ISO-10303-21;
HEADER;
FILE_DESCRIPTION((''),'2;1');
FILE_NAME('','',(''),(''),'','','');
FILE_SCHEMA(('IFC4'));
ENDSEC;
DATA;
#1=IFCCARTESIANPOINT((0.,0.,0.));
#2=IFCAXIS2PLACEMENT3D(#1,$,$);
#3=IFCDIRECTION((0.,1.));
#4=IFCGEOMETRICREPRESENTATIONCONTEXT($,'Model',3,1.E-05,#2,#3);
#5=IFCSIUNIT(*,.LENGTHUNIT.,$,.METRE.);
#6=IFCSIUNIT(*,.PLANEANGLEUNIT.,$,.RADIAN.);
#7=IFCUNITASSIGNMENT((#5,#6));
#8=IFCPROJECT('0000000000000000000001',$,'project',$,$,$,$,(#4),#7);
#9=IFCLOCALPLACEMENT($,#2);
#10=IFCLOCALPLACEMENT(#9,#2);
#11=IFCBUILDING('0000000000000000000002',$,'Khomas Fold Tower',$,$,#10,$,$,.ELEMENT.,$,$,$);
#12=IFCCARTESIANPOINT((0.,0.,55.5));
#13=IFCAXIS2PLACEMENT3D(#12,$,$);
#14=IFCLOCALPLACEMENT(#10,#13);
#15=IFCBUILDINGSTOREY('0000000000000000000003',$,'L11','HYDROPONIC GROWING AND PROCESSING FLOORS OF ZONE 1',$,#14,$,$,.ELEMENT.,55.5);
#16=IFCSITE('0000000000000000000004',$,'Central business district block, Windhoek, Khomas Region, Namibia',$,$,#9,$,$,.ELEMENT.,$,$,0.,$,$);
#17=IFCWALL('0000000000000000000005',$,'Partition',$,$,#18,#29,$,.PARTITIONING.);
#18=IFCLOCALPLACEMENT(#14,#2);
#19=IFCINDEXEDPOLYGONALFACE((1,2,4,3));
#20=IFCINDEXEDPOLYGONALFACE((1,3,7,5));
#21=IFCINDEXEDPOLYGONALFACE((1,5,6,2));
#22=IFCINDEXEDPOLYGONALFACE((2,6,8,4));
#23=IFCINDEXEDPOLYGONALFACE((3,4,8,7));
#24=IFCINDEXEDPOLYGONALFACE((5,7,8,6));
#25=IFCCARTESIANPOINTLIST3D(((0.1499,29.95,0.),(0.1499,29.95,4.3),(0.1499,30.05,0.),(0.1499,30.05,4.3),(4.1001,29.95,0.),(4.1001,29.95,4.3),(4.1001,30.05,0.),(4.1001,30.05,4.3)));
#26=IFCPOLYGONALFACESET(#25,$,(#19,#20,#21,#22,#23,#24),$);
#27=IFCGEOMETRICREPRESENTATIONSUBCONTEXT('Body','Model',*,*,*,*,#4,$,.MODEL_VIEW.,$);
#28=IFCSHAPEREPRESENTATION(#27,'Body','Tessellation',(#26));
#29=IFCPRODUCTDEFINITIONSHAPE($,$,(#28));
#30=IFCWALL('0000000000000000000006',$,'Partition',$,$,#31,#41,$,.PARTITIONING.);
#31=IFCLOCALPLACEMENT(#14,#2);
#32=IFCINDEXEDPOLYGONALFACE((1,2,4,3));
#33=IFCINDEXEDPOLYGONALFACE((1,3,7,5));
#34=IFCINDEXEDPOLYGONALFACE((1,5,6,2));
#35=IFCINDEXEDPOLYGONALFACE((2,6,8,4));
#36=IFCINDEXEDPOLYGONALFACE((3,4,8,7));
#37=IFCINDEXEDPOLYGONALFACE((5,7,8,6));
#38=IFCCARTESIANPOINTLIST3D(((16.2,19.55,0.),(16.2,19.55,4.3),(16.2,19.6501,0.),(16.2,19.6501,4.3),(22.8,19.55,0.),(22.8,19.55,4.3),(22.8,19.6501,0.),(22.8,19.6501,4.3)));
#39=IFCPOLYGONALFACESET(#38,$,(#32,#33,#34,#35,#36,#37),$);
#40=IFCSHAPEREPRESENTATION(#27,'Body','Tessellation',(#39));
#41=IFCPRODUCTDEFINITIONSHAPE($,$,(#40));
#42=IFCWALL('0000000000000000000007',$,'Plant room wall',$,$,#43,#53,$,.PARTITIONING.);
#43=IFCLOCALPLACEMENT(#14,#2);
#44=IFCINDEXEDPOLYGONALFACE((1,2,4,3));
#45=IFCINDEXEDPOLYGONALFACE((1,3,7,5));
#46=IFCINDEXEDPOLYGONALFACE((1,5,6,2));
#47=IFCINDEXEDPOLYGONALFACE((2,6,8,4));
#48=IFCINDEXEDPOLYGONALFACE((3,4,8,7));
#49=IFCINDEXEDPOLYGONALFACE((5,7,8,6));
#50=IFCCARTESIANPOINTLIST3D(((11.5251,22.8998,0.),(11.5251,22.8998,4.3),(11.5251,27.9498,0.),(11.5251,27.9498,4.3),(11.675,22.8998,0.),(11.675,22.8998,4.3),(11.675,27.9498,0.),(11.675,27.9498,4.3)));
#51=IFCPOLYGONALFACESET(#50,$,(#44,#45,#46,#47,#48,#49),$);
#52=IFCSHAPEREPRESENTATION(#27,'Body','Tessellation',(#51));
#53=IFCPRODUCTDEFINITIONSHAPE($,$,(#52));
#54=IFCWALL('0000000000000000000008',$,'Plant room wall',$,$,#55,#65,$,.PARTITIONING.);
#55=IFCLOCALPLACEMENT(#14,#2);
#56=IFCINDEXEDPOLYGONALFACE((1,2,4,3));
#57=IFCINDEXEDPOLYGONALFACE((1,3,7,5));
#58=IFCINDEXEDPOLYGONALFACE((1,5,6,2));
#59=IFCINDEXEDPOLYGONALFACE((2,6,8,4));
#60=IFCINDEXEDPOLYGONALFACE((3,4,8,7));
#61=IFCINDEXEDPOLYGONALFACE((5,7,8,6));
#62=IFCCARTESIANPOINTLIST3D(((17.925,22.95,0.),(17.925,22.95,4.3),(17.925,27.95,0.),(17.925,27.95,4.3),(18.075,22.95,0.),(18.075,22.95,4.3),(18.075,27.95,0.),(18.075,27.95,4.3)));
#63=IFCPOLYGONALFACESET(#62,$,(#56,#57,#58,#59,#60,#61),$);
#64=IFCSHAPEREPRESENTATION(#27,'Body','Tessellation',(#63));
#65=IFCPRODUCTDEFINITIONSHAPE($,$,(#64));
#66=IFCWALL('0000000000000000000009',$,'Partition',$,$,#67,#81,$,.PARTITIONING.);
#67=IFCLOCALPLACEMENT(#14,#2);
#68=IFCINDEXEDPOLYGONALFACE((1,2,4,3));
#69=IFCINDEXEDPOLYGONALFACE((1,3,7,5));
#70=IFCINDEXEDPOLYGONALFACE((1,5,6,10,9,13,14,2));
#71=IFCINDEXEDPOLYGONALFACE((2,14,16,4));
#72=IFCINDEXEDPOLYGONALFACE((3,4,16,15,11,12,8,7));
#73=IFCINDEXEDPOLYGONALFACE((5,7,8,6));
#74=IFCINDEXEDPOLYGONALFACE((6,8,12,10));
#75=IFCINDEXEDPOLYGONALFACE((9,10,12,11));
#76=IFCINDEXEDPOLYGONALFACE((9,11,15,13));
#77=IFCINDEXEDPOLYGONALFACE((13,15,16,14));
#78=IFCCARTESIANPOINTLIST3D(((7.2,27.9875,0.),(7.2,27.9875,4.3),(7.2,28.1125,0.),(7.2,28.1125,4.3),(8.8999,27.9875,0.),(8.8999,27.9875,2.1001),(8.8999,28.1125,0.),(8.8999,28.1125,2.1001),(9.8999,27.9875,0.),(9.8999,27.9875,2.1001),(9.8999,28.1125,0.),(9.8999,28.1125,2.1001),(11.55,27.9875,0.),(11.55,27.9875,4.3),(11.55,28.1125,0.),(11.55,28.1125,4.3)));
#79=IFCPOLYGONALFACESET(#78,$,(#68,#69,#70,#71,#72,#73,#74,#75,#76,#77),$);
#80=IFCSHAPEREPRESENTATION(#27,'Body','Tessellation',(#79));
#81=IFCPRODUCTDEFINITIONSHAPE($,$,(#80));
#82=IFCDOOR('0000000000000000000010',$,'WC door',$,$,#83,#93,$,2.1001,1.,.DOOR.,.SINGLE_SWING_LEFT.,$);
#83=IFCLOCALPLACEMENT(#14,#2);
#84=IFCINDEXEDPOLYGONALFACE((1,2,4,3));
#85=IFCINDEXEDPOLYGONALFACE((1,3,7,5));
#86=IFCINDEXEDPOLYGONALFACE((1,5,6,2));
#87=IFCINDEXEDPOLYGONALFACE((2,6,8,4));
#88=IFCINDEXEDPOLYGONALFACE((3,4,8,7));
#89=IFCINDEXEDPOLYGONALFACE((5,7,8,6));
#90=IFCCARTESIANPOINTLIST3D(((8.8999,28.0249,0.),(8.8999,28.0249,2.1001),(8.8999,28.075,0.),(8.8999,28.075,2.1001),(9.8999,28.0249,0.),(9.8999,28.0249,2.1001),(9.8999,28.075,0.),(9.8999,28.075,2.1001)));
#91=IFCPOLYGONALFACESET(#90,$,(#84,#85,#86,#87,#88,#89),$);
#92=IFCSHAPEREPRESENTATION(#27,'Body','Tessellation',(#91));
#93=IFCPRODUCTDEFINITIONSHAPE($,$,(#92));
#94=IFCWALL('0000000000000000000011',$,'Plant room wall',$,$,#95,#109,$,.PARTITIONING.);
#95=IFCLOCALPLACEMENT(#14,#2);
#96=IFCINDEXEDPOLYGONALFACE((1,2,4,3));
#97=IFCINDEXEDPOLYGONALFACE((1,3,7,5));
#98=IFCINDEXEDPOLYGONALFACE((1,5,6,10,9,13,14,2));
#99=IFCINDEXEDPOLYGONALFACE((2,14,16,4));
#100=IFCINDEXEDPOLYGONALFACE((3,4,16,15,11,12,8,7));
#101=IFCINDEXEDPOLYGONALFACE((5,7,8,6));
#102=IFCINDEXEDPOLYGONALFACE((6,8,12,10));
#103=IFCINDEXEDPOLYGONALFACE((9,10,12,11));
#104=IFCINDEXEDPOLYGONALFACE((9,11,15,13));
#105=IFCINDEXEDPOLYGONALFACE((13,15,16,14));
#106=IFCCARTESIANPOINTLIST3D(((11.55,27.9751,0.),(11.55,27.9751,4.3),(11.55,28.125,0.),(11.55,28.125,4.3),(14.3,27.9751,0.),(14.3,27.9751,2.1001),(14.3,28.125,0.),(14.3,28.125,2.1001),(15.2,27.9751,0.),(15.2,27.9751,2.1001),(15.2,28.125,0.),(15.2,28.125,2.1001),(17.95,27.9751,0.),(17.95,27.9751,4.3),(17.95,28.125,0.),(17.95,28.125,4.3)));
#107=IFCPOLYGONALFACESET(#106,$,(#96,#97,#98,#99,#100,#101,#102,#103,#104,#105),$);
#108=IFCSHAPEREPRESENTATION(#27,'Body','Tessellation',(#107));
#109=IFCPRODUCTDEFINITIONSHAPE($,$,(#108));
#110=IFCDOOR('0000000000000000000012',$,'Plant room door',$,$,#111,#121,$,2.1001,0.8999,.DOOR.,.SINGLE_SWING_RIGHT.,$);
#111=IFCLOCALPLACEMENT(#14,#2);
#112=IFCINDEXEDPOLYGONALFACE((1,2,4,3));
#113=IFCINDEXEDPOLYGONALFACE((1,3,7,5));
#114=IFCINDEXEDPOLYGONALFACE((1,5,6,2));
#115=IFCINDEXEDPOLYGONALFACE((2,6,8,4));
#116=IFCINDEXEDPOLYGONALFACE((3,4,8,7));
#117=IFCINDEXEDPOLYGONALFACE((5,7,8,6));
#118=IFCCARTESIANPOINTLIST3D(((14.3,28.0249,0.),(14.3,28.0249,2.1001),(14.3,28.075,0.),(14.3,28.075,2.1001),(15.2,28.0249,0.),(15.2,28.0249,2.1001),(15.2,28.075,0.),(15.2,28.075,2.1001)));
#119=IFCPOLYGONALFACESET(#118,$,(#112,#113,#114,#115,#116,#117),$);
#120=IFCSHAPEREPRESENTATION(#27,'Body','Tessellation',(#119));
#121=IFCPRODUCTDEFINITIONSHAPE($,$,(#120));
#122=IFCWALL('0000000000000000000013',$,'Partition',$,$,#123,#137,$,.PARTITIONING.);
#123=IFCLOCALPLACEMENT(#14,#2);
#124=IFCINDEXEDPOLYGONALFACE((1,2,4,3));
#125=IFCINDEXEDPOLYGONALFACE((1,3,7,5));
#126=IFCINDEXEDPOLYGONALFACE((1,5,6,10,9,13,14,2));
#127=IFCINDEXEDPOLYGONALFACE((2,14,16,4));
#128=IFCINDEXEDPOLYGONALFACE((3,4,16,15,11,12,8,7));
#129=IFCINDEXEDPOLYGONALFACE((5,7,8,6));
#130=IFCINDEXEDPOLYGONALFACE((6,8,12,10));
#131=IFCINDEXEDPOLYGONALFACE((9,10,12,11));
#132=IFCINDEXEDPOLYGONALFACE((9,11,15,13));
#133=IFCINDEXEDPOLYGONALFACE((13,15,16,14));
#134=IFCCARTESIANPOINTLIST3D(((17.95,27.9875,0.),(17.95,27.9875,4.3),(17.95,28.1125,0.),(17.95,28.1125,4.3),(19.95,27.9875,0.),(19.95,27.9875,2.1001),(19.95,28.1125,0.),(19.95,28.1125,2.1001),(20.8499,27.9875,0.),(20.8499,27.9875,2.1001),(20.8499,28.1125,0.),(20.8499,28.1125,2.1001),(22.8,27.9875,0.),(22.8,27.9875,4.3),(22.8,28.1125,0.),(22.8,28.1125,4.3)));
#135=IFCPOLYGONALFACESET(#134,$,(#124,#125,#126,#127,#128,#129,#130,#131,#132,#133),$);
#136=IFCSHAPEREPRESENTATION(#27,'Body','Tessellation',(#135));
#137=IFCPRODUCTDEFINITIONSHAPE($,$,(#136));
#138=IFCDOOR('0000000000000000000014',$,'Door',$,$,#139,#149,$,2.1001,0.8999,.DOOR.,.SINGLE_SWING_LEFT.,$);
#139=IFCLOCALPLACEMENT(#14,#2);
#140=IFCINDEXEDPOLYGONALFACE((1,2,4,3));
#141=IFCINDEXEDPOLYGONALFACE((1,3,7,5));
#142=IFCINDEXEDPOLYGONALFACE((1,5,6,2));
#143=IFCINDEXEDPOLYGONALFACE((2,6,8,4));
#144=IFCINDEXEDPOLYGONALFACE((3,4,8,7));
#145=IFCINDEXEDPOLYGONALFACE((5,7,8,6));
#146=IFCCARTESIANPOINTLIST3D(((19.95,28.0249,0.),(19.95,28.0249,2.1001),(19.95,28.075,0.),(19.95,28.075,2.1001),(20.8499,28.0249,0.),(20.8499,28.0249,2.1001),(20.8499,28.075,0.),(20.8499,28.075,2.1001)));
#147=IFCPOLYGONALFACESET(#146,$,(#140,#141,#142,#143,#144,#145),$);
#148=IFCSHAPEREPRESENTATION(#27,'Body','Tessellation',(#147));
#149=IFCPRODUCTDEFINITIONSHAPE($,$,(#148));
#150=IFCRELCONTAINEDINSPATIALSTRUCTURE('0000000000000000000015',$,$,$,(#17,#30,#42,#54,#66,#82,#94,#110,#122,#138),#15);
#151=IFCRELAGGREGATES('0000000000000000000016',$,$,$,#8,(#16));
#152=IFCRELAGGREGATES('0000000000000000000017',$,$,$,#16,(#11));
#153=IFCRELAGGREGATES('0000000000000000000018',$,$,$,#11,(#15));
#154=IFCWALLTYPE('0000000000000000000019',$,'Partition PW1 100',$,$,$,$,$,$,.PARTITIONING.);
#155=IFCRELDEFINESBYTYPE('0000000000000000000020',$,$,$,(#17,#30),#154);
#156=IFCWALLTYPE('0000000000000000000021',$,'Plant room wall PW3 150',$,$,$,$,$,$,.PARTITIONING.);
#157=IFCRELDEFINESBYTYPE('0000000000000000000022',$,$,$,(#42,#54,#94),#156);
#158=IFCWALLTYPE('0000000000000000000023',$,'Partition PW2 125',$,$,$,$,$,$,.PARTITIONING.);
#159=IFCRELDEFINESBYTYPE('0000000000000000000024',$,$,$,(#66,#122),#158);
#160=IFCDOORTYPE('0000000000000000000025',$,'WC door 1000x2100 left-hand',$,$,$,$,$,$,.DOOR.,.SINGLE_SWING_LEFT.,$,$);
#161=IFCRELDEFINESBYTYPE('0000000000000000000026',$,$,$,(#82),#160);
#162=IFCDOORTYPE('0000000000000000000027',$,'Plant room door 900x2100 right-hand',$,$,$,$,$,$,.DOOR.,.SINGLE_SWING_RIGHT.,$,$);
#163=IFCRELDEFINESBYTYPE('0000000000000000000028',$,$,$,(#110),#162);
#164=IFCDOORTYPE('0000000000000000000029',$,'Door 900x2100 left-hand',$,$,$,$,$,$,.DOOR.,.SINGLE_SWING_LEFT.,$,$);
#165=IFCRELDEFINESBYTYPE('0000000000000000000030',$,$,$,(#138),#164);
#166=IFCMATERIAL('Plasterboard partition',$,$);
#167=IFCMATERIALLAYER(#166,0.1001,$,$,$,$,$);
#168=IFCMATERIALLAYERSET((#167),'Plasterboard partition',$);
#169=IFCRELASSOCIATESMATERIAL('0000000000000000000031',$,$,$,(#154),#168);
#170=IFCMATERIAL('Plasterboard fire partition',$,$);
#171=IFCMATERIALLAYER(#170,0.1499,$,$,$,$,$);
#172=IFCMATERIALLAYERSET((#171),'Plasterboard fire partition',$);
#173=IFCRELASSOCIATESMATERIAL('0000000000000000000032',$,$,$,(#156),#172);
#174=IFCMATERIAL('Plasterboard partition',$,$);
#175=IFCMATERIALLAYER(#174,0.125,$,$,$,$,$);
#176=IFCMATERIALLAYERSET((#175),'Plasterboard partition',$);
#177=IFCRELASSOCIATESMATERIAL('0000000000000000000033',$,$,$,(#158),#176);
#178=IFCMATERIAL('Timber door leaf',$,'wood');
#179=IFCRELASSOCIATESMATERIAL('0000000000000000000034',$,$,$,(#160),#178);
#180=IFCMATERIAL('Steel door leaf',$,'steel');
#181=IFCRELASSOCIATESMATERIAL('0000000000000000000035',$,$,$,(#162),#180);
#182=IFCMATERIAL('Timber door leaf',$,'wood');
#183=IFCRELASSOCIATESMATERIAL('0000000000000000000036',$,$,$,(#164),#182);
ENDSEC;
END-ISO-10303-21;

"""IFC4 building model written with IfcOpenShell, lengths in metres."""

from ifc_helpers import new_model, si_unit, direction, frame, frame_2d, origin, place, context, subcontext, project, spatial, rectangle, extrude, source, transform, mapped, material, layer, layer_set, type_object, element, fill, save


model = new_model("IFC4")

# Units and contexts
model_context = context("Model", 3, precision=1e-05, world=origin(), true_north=direction((0.0, 1.0)))
body_context = subcontext(model_context, "Body", "Model", "MODEL_VIEW")
ifc_project = project(units=[si_unit("LENGTHUNIT", "METRE"), si_unit("PLANEANGLEUNIT", "RADIAN")], contexts=[model_context])

# Site, building, storey
site_placement = place(None, origin())
site = spatial("IfcSite", under=ifc_project, at=site_placement, Name="Central business district block, Windhoek, Khomas Region, Namibia", CompositionType="ELEMENT", RefElevation=0.0)
building_placement = place(site_placement, origin())
building = spatial("IfcBuilding", under=site, at=building_placement, Name="Khomas Fold Tower", CompositionType="ELEMENT")
storey_placement = place(building_placement, frame((0.0, 0.0, 55.5)))
storey = spatial("IfcBuildingStorey", under=building, at=storey_placement, Name="L11", Description="HYDROPONIC GROWING AND PROCESSING FLOORS OF ZONE 1", CompositionType="ELEMENT", Elevation=55.5)

# Walls
ifc_material_1 = material(Name="Plasterboard partition")
ifc_layer_1 = layer(ifc_material_1, 0.1001)
ifc_layer_set_1 = layer_set([ifc_layer_1], Name="Plasterboard partition")
wall_type_1 = type_object("IfcWallType", Name="Partition PW1 100", PredefinedType="PARTITIONING", material=ifc_layer_set_1)
shared_shape_1 = source(origin(), body_context, "Body", "SweptSolid", [
    extrude(rectangle(XDim=3.9502, YDim=0.1001, at=frame_2d((1.9751, 0.0))), origin(), (0.0, 0.0, 1.0), 4.3),
])
wall_1_placement = place(storey_placement, frame((0.1499, 30.0, 0.0), z_axis=(0.0, 0.0, 1.0), x_axis=(1.0, 0.0, 0.0)))
element("IfcWall", 1, at=wall_1_placement, inside=storey, type_object=wall_type_1, Name="Partition", PredefinedType="PARTITIONING", context=body_context, shape_type="MappedRepresentation", body=[
    mapped(shared_shape_1, transform((0.0, 0.0, 0.0))),
])
shared_shape_2 = source(origin(), body_context, "Body", "SweptSolid", [
    extrude(rectangle(XDim=6.6001, YDim=0.1001, at=frame_2d((3.3, 0.0))), origin(), (0.0, 0.0, 1.0), 4.3),
])
wall_2_placement = place(storey_placement, frame((16.2, 19.6001, 0.0), z_axis=(0.0, 0.0, 1.0), x_axis=(1.0, 0.0, 0.0)))
element("IfcWall", 2, at=wall_2_placement, inside=storey, type_object=wall_type_1, Name="Partition", PredefinedType="PARTITIONING", context=body_context, shape_type="MappedRepresentation", body=[
    mapped(shared_shape_2, transform((0.0, 0.0, 0.0))),
])
ifc_material_2 = material(Name="Plasterboard fire partition")
ifc_layer_2 = layer(ifc_material_2, 0.1499)
ifc_layer_set_2 = layer_set([ifc_layer_2], Name="Plasterboard fire partition")
wall_type_2 = type_object("IfcWallType", Name="Plant room wall PW3 150", PredefinedType="PARTITIONING", material=ifc_layer_set_2)
shared_shape_3 = source(origin(), body_context, "Body", "SweptSolid", [
    extrude(rectangle(XDim=5.05, YDim=0.1499, at=frame_2d((2.5249, 0.0))), origin(), (0.0, 0.0, 1.0), 4.3),
])
wall_3_placement = place(storey_placement, frame((11.6001, 22.8999, 0.0), z_axis=(0.0, 0.0, 1.0), x_axis=(0.0, 1.0, 0.0)))
element("IfcWall", 3, at=wall_3_placement, inside=storey, type_object=wall_type_2, Name="Plant room wall", PredefinedType="PARTITIONING", context=body_context, shape_type="MappedRepresentation", body=[
    mapped(shared_shape_3, transform((0.0, 0.0, 0.0))),
])
shared_shape_4 = source(origin(), body_context, "Body", "SweptSolid", [
    extrude(rectangle(XDim=5.0, YDim=0.1499, at=frame_2d((2.5, 0.0))), origin(), (0.0, 0.0, 1.0), 4.3),
])
wall_4_placement = place(storey_placement, frame((18.0, 22.95, 0.0), z_axis=(0.0, 0.0, 1.0), x_axis=(0.0, 1.0, 0.0)))
element("IfcWall", 4, at=wall_4_placement, inside=storey, type_object=wall_type_2, Name="Plant room wall", PredefinedType="PARTITIONING", context=body_context, shape_type="MappedRepresentation", body=[
    mapped(shared_shape_4, transform((0.0, 0.0, 0.0))),
])

# Walls, openings, doors
ifc_material_3 = material(Name="Plasterboard partition")
ifc_layer_3 = layer(ifc_material_3, 0.125)
ifc_layer_set_3 = layer_set([ifc_layer_3], Name="Plasterboard partition")
wall_type_3 = type_object("IfcWallType", Name="Partition PW2 125", PredefinedType="PARTITIONING", material=ifc_layer_set_3)
shared_shape_5 = source(origin(), body_context, "Body", "SweptSolid", [
    extrude(rectangle(XDim=4.3501, YDim=0.125, at=frame_2d((2.175, 0.0))), origin(), (0.0, 0.0, 1.0), 4.3),
])
wall_5_placement = place(storey_placement, frame((7.2, 28.05, 0.0), z_axis=(0.0, 0.0, 1.0), x_axis=(1.0, 0.0, 0.0)))
wall_5 = element("IfcWall", 5, at=wall_5_placement, inside=storey, type_object=wall_type_3, Name="Partition", PredefinedType="PARTITIONING", context=body_context, shape_type="MappedRepresentation", body=[
    mapped(shared_shape_5, transform((0.0, 0.0, 0.0))),
])
shared_shape_6 = source(origin(), body_context, "Body", "SweptSolid", [
    extrude(rectangle(XDim=1.0, YDim=2.1001, at=frame_2d((0.5, 1.05))), frame((0.0, 0.0725, 0.0), z_axis=(0.0, -1.0, 0.0), x_axis=(1.0, 0.0, 0.0)), (0.0, 0.0, 1.0), 0.145),
])
opening_1_placement = place(wall_5_placement, frame((1.7, 0.0, 0.0)))
opening_1 = element("IfcOpeningElement", 6, at=opening_1_placement, cuts=wall_5, PredefinedType="OPENING", context=body_context, shape_type="MappedRepresentation", body=[
    mapped(shared_shape_6, transform((0.0, 0.0, 0.0))),
])
ifc_material_4 = material(Name="Timber door leaf", Category="wood")
door_type_1 = type_object("IfcDoorType", Name="WC door 1000x2100 left-hand", OperationType="SINGLE_SWING_LEFT", PredefinedType="DOOR", material=ifc_material_4)
shared_shape_7 = source(origin(), body_context, "Body", "SweptSolid", [
    extrude(rectangle(XDim=1.0, YDim=2.1001, at=frame_2d((0.5, 1.05))), frame((0.0, 0.0249, 0.0), z_axis=(0.0, -1.0, 0.0), x_axis=(1.0, 0.0, 0.0)), (0.0, 0.0, 1.0), 0.05),
])
door_1_placement = place(opening_1_placement, origin())
door_1 = element("IfcDoor", 7, at=door_1_placement, inside=storey, type_object=door_type_1, Name="WC door", OperationType="SINGLE_SWING_LEFT", OverallHeight=2.1001, OverallWidth=1.0, PredefinedType="DOOR", context=body_context, shape_type="MappedRepresentation", body=[
    mapped(shared_shape_7, transform((0.0, 0.0, 0.0))),
])
fill(opening_1, door_1)
shared_shape_8 = source(origin(), body_context, "Body", "SweptSolid", [
    extrude(rectangle(XDim=6.3999, YDim=0.1499, at=frame_2d((3.2, 0.0))), origin(), (0.0, 0.0, 1.0), 4.3),
])
wall_6_placement = place(storey_placement, frame((11.55, 28.05, 0.0), z_axis=(0.0, 0.0, 1.0), x_axis=(1.0, 0.0, 0.0)))
wall_6 = element("IfcWall", 8, at=wall_6_placement, inside=storey, type_object=wall_type_2, Name="Plant room wall", PredefinedType="PARTITIONING", context=body_context, shape_type="MappedRepresentation", body=[
    mapped(shared_shape_8, transform((0.0, 0.0, 0.0))),
])
shared_shape_9 = source(origin(), body_context, "Body", "SweptSolid", [
    extrude(rectangle(XDim=0.8999, YDim=2.1001, at=frame_2d((0.45, 1.05))), frame((0.0, 0.085, 0.0), z_axis=(0.0, -1.0, 0.0), x_axis=(1.0, 0.0, 0.0)), (0.0, 0.0, 1.0), 0.1699),
])
opening_2_placement = place(wall_6_placement, frame((2.75, 0.0, 0.0)))
opening_2 = element("IfcOpeningElement", 9, at=opening_2_placement, cuts=wall_6, PredefinedType="OPENING", context=body_context, shape_type="MappedRepresentation", body=[
    mapped(shared_shape_9, transform((0.0, 0.0, 0.0))),
])
ifc_material_5 = material(Name="Steel door leaf", Category="steel")
door_type_2 = type_object("IfcDoorType", Name="Plant room door 900x2100 right-hand", OperationType="SINGLE_SWING_RIGHT", PredefinedType="DOOR", material=ifc_material_5)
shared_shape_10 = source(origin(), body_context, "Body", "SweptSolid", [
    extrude(rectangle(XDim=0.8999, YDim=2.1001, at=frame_2d((0.45, 1.05))), frame((0.0, 0.0249, 0.0), z_axis=(0.0, -1.0, 0.0), x_axis=(1.0, 0.0, 0.0)), (0.0, 0.0, 1.0), 0.05),
])
door_2_placement = place(opening_2_placement, origin())
door_2 = element("IfcDoor", 10, at=door_2_placement, inside=storey, type_object=door_type_2, Name="Plant room door", OperationType="SINGLE_SWING_RIGHT", OverallHeight=2.1001, OverallWidth=0.8999, PredefinedType="DOOR", context=body_context, shape_type="MappedRepresentation", body=[
    mapped(shared_shape_10, transform((0.0, 0.0, 0.0))),
])
fill(opening_2, door_2)
shared_shape_11 = source(origin(), body_context, "Body", "SweptSolid", [
    extrude(rectangle(XDim=4.8501, YDim=0.125, at=frame_2d((2.425, 0.0))), origin(), (0.0, 0.0, 1.0), 4.3),
])
wall_7_placement = place(storey_placement, frame((17.95, 28.05, 0.0), z_axis=(0.0, 0.0, 1.0), x_axis=(1.0, 0.0, 0.0)))
wall_7 = element("IfcWall", 11, at=wall_7_placement, inside=storey, type_object=wall_type_3, Name="Partition", PredefinedType="PARTITIONING", context=body_context, shape_type="MappedRepresentation", body=[
    mapped(shared_shape_11, transform((0.0, 0.0, 0.0))),
])
shared_shape_12 = source(origin(), body_context, "Body", "SweptSolid", [
    extrude(rectangle(XDim=0.8999, YDim=2.1001, at=frame_2d((0.45, 1.05))), frame((0.0, 0.0725, 0.0), z_axis=(0.0, -1.0, 0.0), x_axis=(1.0, 0.0, 0.0)), (0.0, 0.0, 1.0), 0.145),
])
opening_3_placement = place(wall_7_placement, frame((2.0, 0.0, 0.0)))
opening_3 = element("IfcOpeningElement", 12, at=opening_3_placement, cuts=wall_7, PredefinedType="OPENING", context=body_context, shape_type="MappedRepresentation", body=[
    mapped(shared_shape_12, transform((0.0, 0.0, 0.0))),
])
ifc_material_6 = material(Name="Timber door leaf", Category="wood")
door_type_3 = type_object("IfcDoorType", Name="Door 900x2100 left-hand", OperationType="SINGLE_SWING_LEFT", PredefinedType="DOOR", material=ifc_material_6)
door_3_placement = place(opening_3_placement, origin())
door_3 = element("IfcDoor", 13, at=door_3_placement, inside=storey, type_object=door_type_3, Name="Door", OperationType="SINGLE_SWING_LEFT", OverallHeight=2.1001, OverallWidth=0.8999, PredefinedType="DOOR", context=body_context, shape_type="MappedRepresentation", body=[
    mapped(shared_shape_10, transform((0.0, 0.0, 0.0))),
])
fill(opening_3, door_3)

save(model, "model.ifc")
